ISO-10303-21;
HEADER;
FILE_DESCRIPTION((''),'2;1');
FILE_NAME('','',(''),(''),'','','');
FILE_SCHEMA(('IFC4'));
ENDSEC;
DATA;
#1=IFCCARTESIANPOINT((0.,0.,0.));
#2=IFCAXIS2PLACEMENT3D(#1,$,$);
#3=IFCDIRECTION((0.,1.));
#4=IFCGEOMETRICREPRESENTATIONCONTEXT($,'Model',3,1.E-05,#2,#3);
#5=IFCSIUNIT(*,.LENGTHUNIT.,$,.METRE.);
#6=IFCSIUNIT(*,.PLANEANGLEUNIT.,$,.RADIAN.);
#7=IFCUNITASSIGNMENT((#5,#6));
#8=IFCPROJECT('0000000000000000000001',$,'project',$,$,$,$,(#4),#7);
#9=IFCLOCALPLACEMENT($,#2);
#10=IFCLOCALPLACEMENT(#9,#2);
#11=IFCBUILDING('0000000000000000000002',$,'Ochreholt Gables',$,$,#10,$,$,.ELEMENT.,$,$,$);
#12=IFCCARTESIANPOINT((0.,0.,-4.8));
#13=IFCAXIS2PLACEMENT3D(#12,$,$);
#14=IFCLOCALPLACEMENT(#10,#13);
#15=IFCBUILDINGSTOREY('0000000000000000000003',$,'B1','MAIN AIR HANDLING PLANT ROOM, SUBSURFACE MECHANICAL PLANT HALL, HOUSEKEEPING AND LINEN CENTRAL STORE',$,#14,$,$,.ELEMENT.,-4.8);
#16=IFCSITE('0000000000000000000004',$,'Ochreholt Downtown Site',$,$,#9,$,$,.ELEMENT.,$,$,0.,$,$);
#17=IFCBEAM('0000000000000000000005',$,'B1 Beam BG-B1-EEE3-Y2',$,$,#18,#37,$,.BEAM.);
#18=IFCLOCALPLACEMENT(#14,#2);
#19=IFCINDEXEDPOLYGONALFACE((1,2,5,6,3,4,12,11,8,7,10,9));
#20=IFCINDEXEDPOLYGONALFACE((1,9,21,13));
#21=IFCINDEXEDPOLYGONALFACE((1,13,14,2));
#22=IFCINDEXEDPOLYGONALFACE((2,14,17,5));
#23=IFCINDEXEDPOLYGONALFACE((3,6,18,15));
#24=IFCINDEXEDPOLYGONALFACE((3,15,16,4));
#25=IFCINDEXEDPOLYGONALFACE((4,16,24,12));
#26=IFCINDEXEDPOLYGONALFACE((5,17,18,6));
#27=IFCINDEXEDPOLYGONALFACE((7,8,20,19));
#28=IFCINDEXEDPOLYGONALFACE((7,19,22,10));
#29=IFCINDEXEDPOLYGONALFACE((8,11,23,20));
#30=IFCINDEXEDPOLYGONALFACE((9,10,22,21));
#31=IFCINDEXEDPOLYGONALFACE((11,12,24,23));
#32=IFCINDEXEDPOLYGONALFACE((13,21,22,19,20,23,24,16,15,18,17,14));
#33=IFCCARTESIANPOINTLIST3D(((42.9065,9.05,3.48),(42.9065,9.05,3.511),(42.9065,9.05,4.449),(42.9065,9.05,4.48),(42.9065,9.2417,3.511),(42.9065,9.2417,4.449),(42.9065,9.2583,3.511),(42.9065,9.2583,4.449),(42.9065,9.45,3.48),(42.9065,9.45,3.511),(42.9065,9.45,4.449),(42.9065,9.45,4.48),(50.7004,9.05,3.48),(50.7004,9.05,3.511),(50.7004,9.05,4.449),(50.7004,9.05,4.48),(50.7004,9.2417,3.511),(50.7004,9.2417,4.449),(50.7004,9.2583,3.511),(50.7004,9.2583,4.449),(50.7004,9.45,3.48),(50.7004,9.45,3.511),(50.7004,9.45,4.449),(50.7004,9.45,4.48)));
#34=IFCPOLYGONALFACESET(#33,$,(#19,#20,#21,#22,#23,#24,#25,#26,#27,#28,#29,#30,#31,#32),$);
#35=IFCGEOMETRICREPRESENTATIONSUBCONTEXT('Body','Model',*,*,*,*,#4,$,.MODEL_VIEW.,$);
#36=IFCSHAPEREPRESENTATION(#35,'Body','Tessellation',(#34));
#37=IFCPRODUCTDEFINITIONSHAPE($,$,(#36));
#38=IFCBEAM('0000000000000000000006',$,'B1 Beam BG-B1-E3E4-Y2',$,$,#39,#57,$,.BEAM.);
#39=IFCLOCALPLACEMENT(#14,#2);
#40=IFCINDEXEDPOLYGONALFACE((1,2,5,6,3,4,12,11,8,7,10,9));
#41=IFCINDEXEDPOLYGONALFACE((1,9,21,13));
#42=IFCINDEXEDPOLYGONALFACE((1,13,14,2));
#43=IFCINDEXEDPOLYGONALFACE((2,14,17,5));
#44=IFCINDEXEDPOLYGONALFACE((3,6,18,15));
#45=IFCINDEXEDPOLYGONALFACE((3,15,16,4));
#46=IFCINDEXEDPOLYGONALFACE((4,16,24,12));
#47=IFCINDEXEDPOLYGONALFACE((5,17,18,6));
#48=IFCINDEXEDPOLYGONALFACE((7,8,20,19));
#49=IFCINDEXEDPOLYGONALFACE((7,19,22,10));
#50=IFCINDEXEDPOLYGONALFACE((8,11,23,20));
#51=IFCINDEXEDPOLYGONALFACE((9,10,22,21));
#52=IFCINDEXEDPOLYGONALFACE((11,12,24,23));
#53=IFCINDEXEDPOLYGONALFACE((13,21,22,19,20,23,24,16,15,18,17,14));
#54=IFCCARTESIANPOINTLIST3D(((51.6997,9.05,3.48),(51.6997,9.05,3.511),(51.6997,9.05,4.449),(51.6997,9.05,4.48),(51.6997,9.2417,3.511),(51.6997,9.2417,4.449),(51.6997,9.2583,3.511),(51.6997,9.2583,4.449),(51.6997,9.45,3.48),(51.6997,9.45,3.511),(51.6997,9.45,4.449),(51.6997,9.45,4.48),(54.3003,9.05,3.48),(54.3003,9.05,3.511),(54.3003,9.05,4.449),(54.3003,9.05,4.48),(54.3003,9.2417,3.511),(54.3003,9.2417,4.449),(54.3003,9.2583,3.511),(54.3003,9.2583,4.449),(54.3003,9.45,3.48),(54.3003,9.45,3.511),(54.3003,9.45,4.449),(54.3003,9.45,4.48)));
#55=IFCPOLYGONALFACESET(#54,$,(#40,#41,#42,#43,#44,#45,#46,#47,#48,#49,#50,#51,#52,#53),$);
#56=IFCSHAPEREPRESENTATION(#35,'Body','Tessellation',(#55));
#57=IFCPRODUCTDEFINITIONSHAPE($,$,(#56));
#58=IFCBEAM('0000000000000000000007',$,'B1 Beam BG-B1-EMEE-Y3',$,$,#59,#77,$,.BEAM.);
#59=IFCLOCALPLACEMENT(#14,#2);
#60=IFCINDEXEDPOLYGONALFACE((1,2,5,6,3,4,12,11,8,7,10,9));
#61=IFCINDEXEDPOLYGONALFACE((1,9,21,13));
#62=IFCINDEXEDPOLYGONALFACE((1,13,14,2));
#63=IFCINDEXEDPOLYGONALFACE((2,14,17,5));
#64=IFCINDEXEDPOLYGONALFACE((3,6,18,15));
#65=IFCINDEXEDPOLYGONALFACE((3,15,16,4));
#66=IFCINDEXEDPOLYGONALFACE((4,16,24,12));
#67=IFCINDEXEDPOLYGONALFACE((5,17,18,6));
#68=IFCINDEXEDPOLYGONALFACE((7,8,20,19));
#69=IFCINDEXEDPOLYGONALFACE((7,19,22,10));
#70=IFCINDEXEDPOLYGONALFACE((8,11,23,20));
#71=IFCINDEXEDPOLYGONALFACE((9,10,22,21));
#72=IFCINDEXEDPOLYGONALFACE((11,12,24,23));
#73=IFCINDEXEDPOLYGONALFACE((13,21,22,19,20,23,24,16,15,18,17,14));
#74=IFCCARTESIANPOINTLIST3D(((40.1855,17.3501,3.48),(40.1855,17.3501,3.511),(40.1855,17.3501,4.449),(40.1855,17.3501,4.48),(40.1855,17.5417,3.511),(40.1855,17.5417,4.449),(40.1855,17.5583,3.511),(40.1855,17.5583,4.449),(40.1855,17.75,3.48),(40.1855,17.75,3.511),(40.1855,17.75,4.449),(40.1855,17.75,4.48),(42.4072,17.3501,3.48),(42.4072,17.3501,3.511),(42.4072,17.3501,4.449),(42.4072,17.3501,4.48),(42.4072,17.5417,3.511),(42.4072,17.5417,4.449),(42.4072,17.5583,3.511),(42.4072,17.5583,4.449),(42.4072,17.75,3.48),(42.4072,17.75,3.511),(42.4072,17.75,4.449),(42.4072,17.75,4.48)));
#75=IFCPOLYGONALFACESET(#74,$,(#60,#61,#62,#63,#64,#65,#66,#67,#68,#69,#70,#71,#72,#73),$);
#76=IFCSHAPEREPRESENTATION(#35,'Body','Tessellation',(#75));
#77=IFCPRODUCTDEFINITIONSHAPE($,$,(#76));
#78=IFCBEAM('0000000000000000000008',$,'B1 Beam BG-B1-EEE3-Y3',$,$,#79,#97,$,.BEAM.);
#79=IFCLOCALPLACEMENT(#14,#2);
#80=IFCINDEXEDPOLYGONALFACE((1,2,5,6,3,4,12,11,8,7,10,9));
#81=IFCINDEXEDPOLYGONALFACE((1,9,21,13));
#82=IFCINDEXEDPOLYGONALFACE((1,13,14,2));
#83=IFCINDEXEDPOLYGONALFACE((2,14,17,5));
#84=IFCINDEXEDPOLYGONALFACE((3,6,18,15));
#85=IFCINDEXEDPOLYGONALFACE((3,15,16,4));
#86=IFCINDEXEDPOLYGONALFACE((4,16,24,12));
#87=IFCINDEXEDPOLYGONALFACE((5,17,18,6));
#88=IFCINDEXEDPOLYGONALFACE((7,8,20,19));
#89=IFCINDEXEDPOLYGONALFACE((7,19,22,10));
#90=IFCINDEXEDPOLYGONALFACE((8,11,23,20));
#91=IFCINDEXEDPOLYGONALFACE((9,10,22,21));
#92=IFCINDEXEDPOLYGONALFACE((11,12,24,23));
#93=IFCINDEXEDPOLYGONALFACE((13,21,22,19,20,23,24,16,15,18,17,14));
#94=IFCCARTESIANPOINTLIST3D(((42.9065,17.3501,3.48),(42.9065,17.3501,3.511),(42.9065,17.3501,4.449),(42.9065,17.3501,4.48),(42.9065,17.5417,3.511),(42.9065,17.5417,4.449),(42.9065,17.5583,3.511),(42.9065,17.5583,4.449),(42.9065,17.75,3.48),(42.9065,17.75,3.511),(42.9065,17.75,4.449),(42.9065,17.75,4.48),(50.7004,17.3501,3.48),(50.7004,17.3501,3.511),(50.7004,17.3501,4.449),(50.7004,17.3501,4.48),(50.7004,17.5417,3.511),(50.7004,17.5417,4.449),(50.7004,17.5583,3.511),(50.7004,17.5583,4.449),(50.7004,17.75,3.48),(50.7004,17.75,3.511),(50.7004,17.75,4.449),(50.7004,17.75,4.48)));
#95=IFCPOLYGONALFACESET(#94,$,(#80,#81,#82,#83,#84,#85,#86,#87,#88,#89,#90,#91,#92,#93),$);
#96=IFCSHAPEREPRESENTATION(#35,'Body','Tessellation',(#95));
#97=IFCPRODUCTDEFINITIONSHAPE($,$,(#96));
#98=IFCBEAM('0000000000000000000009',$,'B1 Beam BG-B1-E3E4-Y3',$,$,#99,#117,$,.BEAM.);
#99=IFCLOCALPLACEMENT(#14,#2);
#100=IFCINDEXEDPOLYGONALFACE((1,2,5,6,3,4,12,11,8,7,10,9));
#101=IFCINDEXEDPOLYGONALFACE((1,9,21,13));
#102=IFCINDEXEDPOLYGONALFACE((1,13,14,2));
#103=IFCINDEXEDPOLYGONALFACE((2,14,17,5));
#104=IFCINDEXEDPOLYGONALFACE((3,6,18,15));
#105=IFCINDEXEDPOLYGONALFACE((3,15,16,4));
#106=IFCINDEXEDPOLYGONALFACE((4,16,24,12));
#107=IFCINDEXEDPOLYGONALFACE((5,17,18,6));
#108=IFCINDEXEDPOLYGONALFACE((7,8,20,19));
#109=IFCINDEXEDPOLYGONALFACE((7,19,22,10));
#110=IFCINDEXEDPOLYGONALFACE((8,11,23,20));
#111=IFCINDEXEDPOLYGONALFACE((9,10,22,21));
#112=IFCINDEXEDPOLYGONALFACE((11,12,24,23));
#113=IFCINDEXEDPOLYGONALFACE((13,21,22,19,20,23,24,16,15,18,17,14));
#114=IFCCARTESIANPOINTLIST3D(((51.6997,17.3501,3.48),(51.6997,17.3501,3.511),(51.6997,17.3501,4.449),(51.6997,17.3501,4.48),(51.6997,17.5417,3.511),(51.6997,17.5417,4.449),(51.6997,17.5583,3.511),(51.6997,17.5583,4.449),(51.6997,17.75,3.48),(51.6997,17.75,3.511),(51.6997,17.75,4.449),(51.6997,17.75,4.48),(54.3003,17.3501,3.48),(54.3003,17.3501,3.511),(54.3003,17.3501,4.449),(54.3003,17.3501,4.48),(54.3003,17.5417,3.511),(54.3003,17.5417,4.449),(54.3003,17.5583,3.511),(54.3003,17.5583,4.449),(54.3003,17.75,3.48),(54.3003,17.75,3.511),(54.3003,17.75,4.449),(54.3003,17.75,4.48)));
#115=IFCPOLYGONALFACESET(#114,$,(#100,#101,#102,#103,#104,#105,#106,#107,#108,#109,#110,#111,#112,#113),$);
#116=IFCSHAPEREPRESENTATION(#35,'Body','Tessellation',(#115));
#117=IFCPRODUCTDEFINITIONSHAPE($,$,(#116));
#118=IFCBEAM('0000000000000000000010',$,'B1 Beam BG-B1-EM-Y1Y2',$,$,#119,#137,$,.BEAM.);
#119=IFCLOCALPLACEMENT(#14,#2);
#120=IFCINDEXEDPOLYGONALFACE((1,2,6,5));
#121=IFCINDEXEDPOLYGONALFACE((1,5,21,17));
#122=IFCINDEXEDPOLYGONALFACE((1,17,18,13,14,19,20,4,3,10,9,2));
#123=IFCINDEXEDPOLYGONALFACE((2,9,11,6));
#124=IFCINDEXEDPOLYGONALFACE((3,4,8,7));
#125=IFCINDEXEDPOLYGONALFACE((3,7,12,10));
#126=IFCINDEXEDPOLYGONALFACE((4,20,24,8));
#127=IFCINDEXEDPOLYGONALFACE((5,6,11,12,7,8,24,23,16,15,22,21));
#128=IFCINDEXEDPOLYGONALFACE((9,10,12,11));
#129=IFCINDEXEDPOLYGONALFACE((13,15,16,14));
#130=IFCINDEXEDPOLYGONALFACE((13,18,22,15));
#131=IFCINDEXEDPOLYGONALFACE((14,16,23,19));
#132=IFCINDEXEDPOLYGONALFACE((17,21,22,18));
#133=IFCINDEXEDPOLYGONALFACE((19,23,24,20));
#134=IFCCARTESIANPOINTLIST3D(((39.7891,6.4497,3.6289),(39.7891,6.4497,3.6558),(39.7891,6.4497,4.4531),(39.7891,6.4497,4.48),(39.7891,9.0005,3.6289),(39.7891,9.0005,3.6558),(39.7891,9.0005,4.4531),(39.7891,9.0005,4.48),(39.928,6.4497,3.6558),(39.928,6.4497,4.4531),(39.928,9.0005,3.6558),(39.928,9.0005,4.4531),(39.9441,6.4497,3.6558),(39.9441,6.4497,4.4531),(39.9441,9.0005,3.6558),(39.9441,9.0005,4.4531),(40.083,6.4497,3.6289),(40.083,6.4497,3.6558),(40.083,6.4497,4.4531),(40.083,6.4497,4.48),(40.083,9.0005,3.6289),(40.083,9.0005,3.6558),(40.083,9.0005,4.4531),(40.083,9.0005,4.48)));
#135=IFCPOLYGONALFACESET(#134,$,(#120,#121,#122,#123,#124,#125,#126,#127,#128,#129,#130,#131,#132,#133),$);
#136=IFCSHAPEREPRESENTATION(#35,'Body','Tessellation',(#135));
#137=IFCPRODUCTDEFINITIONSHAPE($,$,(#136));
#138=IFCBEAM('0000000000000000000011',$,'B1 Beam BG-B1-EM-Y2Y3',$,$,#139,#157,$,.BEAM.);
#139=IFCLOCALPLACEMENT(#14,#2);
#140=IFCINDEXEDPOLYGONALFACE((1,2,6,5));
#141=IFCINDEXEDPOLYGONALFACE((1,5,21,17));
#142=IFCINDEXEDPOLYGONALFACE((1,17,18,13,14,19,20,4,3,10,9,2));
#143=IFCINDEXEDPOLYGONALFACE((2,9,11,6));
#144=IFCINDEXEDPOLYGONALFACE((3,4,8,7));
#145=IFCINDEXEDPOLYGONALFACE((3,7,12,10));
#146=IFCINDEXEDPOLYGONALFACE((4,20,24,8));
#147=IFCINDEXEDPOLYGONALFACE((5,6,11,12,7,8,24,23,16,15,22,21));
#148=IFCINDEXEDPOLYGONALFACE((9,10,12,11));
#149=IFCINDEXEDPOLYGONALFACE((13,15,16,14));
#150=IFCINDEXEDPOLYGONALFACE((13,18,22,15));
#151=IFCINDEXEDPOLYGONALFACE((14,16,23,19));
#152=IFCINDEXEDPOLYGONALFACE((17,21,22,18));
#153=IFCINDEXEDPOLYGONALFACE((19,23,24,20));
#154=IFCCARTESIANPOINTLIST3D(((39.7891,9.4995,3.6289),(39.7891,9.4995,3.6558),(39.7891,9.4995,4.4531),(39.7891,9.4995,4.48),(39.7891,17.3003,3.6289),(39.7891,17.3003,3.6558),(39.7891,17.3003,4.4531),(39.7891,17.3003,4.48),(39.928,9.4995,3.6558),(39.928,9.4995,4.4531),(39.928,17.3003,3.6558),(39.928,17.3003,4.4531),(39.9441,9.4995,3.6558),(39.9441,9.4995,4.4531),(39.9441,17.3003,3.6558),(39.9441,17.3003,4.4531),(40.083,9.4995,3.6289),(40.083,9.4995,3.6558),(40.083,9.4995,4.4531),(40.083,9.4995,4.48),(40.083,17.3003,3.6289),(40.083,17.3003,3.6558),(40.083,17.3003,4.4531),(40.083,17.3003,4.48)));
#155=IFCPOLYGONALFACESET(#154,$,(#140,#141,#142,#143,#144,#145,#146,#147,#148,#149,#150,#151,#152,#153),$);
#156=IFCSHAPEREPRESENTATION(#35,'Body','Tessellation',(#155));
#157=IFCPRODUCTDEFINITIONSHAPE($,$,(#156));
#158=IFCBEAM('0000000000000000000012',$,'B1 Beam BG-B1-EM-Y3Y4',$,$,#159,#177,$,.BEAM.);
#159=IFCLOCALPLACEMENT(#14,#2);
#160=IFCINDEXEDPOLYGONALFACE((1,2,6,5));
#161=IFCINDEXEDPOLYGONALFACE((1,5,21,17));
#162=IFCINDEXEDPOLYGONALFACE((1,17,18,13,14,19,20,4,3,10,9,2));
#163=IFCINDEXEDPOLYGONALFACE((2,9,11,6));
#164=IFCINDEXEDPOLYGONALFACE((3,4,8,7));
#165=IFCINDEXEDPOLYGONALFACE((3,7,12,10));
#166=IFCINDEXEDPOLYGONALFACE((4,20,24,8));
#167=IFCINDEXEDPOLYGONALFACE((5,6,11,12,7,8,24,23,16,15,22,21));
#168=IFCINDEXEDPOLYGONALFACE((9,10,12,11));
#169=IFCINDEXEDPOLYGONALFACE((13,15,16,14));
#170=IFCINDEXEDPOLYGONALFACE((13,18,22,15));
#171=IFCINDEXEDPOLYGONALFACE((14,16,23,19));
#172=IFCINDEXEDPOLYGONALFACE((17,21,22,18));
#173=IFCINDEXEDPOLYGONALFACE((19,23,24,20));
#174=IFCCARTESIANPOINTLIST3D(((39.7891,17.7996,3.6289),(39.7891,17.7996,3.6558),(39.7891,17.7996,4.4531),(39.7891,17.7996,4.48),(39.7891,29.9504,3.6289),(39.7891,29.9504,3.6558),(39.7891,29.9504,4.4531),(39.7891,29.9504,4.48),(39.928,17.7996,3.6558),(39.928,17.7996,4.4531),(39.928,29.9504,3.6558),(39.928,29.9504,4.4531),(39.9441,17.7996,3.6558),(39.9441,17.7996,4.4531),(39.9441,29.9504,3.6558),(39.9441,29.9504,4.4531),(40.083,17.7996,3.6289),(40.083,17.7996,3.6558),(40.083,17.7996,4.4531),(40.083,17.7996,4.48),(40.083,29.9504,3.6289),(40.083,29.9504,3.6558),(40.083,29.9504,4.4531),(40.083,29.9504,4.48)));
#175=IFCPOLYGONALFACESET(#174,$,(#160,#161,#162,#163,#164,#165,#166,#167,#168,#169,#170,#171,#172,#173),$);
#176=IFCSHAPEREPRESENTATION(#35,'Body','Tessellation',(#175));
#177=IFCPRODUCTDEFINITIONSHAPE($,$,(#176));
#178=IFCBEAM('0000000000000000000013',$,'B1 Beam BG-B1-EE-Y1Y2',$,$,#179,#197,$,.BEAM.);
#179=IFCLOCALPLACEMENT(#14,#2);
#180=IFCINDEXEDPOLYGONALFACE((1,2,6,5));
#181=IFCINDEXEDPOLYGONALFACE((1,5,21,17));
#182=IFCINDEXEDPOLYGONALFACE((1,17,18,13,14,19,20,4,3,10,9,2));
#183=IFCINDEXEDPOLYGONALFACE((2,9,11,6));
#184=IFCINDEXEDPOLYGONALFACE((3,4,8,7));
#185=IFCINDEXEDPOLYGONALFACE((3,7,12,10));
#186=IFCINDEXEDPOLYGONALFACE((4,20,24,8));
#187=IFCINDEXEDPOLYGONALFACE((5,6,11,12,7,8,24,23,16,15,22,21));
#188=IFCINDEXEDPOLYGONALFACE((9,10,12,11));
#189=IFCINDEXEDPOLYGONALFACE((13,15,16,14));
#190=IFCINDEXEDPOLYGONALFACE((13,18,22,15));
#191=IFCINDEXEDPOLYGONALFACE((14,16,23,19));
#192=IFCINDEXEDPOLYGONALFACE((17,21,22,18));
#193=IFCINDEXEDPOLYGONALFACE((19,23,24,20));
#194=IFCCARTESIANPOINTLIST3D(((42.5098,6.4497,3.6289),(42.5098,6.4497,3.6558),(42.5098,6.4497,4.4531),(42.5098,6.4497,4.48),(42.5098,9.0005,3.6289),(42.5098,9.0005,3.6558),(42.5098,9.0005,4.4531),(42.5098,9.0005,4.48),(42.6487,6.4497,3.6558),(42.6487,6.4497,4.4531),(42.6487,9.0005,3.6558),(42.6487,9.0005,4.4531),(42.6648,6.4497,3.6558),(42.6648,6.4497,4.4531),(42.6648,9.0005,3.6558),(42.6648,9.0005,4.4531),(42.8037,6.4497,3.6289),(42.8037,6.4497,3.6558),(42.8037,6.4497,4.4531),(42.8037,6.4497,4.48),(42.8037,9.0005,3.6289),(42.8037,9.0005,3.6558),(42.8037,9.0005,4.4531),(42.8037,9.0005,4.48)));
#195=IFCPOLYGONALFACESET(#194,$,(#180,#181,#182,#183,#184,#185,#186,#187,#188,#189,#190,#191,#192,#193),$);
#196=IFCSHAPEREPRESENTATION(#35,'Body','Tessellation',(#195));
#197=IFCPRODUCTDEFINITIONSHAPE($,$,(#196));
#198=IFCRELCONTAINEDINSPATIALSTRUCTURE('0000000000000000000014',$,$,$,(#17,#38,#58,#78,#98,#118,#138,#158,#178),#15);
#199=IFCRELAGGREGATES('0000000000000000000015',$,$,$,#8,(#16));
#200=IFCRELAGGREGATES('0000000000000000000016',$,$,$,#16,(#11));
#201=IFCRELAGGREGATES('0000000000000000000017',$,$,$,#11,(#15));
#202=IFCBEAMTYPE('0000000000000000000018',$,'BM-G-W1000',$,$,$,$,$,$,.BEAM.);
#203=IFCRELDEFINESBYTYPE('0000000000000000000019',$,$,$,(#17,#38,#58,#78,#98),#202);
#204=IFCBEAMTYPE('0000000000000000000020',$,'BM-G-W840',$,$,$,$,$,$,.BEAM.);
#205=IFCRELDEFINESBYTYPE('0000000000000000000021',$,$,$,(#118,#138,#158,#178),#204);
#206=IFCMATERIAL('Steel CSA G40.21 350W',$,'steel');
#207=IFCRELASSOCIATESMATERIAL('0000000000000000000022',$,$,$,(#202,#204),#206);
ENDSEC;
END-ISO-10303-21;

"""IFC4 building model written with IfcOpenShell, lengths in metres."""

from ifc_helpers import new_model, si_unit, direction, frame, origin, origin_2d, place, context, subcontext, project, spatial, i_section, extrude, material, material_profile, profile_set, type_object, element, save


model = new_model("IFC4")

# Units and contexts
model_context = context("Model", 3, precision=1e-05, world=origin(), true_north=direction((0.0, 1.0)))
body_context = subcontext(model_context, "Body", "Model", "MODEL_VIEW")
ifc_project = project(units=[si_unit("LENGTHUNIT", "METRE"), si_unit("PLANEANGLEUNIT", "RADIAN")], contexts=[model_context])

# Site, building, storey
site_placement = place(None, origin())
site = spatial("IfcSite", under=ifc_project, at=site_placement, Name="Ochreholt Downtown Site", CompositionType="ELEMENT", RefElevation=0.0)
building_placement = place(site_placement, origin())
building = spatial("IfcBuilding", under=site, at=building_placement, Name="Ochreholt Gables", CompositionType="ELEMENT")
storey_placement = place(building_placement, frame((0.0, 0.0, -4.8)))
storey = spatial("IfcBuildingStorey", under=building, at=storey_placement, Name="B1", Description="MAIN AIR HANDLING PLANT ROOM, SUBSURFACE MECHANICAL PLANT HALL, HOUSEKEEPING AND LINEN CENTRAL STORE", CompositionType="ELEMENT", Elevation=-4.8)

# Shared definitions
ifc_material_1 = material(Name="Steel CSA G40.21 350W", Category="steel")

# Beams
ifc_material_profile_1 = material_profile(ifc_material_1, i_section(OverallWidth=0.3999, OverallDepth=1.0, WebThickness=0.0166, FlangeThickness=0.031, at=origin_2d()), Name="W1000X321")
ifc_profile_set_1 = profile_set([ifc_material_profile_1], Name="Steel CSA G40.21 350W")
beam_type_1 = type_object("IfcBeamType", Name="BM-G-W1000", PredefinedType="BEAM", material=ifc_profile_set_1)
beam_1_placement = place(storey_placement, frame((42.9065, 9.25, 3.98), z_axis=(1.0, 0.0, 0.0), x_axis=(0.0, 1.0, 0.0)))
element("IfcBeam", 1, at=beam_1_placement, inside=storey, type_object=beam_type_1, Name="B1 Beam BG-B1-EEE3-Y2", PredefinedType="BEAM", context=body_context, shape_type="SweptSolid", body=[
    extrude(i_section(OverallWidth=0.3999, OverallDepth=1.0, WebThickness=0.0166, FlangeThickness=0.031, at=origin_2d()), origin(), (0.0, 0.0, 1.0), 7.7939),
])
beam_2_placement = place(storey_placement, frame((51.6997, 9.25, 3.98), z_axis=(1.0, 0.0, 0.0), x_axis=(0.0, 1.0, 0.0)))
element("IfcBeam", 2, at=beam_2_placement, inside=storey, type_object=beam_type_1, Name="B1 Beam BG-B1-E3E4-Y2", PredefinedType="BEAM", context=body_context, shape_type="SweptSolid", body=[
    extrude(i_section(OverallWidth=0.3999, OverallDepth=1.0, WebThickness=0.0166, FlangeThickness=0.031, at=origin_2d()), origin(), (0.0, 0.0, 1.0), 2.6006),
])
beam_3_placement = place(storey_placement, frame((40.1855, 17.55, 3.98), z_axis=(1.0, 0.0, 0.0), x_axis=(0.0, 1.0, 0.0)))
element("IfcBeam", 3, at=beam_3_placement, inside=storey, type_object=beam_type_1, Name="B1 Beam BG-B1-EMEE-Y3", PredefinedType="BEAM", context=body_context, shape_type="SweptSolid", body=[
    extrude(i_section(OverallWidth=0.3999, OverallDepth=1.0, WebThickness=0.0166, FlangeThickness=0.031, at=origin_2d()), origin(), (0.0, 0.0, 1.0), 2.2217),
])
beam_4_placement = place(storey_placement, frame((42.9065, 17.55, 3.98), z_axis=(1.0, 0.0, 0.0), x_axis=(0.0, 1.0, 0.0)))
element("IfcBeam", 4, at=beam_4_placement, inside=storey, type_object=beam_type_1, Name="B1 Beam BG-B1-EEE3-Y3", PredefinedType="BEAM", context=body_context, shape_type="SweptSolid", body=[
    extrude(i_section(OverallWidth=0.3999, OverallDepth=1.0, WebThickness=0.0166, FlangeThickness=0.031, at=origin_2d()), origin(), (0.0, 0.0, 1.0), 7.7939),
])
beam_5_placement = place(storey_placement, frame((51.6997, 17.55, 3.98), z_axis=(1.0, 0.0, 0.0), x_axis=(0.0, 1.0, 0.0)))
element("IfcBeam", 5, at=beam_5_placement, inside=storey, type_object=beam_type_1, Name="B1 Beam BG-B1-E3E4-Y3", PredefinedType="BEAM", context=body_context, shape_type="SweptSolid", body=[
    extrude(i_section(OverallWidth=0.3999, OverallDepth=1.0, WebThickness=0.0166, FlangeThickness=0.031, at=origin_2d()), origin(), (0.0, 0.0, 1.0), 2.6006),
])
ifc_material_profile_2 = material_profile(ifc_material_1, i_section(OverallWidth=0.2939, OverallDepth=0.8511, WebThickness=0.0161, FlangeThickness=0.0269, at=origin_2d()), Name="W840X226")
ifc_profile_set_2 = profile_set([ifc_material_profile_2], Name="Steel CSA G40.21 350W")
beam_type_2 = type_object("IfcBeamType", Name="BM-G-W840", PredefinedType="BEAM", material=ifc_profile_set_2)
beam_6_placement = place(storey_placement, frame((39.936, 6.4497, 4.0544), z_axis=(0.0, 1.0, 0.0), x_axis=(-1.0, 0.0, 0.0)))
element("IfcBeam", 6, at=beam_6_placement, inside=storey, type_object=beam_type_2, Name="B1 Beam BG-B1-EM-Y1Y2", PredefinedType="BEAM", context=body_context, shape_type="SweptSolid", body=[
    extrude(i_section(OverallWidth=0.2939, OverallDepth=0.8511, WebThickness=0.0161, FlangeThickness=0.0269, at=origin_2d()), origin(), (0.0, 0.0, 1.0), 2.5508),
])
beam_7_placement = place(storey_placement, frame((39.936, 9.4995, 4.0544), z_axis=(0.0, 1.0, 0.0), x_axis=(-1.0, 0.0, 0.0)))
element("IfcBeam", 7, at=beam_7_placement, inside=storey, type_object=beam_type_2, Name="B1 Beam BG-B1-EM-Y2Y3", PredefinedType="BEAM", context=body_context, shape_type="SweptSolid", body=[
    extrude(i_section(OverallWidth=0.2939, OverallDepth=0.8511, WebThickness=0.0161, FlangeThickness=0.0269, at=origin_2d()), origin(), (0.0, 0.0, 1.0), 7.8008),
])
beam_8_placement = place(storey_placement, frame((39.936, 17.7996, 4.0544), z_axis=(0.0, 1.0, 0.0), x_axis=(-1.0, 0.0, 0.0)))
element("IfcBeam", 8, at=beam_8_placement, inside=storey, type_object=beam_type_2, Name="B1 Beam BG-B1-EM-Y3Y4", PredefinedType="BEAM", context=body_context, shape_type="SweptSolid", body=[
    extrude(i_section(OverallWidth=0.2939, OverallDepth=0.8511, WebThickness=0.0161, FlangeThickness=0.0269, at=origin_2d()), origin(), (0.0, 0.0, 1.0), 12.1509),
])
beam_9_placement = place(storey_placement, frame((42.6567, 6.4497, 4.0544), z_axis=(0.0, 1.0, 0.0), x_axis=(-1.0, 0.0, 0.0)))
element("IfcBeam", 9, at=beam_9_placement, inside=storey, type_object=beam_type_2, Name="B1 Beam BG-B1-EE-Y1Y2", PredefinedType="BEAM", context=body_context, shape_type="SweptSolid", body=[
    extrude(i_section(OverallWidth=0.2939, OverallDepth=0.8511, WebThickness=0.0161, FlangeThickness=0.0269, at=origin_2d()), origin(), (0.0, 0.0, 1.0), 2.5508),
])

save(model, "model.ifc")
